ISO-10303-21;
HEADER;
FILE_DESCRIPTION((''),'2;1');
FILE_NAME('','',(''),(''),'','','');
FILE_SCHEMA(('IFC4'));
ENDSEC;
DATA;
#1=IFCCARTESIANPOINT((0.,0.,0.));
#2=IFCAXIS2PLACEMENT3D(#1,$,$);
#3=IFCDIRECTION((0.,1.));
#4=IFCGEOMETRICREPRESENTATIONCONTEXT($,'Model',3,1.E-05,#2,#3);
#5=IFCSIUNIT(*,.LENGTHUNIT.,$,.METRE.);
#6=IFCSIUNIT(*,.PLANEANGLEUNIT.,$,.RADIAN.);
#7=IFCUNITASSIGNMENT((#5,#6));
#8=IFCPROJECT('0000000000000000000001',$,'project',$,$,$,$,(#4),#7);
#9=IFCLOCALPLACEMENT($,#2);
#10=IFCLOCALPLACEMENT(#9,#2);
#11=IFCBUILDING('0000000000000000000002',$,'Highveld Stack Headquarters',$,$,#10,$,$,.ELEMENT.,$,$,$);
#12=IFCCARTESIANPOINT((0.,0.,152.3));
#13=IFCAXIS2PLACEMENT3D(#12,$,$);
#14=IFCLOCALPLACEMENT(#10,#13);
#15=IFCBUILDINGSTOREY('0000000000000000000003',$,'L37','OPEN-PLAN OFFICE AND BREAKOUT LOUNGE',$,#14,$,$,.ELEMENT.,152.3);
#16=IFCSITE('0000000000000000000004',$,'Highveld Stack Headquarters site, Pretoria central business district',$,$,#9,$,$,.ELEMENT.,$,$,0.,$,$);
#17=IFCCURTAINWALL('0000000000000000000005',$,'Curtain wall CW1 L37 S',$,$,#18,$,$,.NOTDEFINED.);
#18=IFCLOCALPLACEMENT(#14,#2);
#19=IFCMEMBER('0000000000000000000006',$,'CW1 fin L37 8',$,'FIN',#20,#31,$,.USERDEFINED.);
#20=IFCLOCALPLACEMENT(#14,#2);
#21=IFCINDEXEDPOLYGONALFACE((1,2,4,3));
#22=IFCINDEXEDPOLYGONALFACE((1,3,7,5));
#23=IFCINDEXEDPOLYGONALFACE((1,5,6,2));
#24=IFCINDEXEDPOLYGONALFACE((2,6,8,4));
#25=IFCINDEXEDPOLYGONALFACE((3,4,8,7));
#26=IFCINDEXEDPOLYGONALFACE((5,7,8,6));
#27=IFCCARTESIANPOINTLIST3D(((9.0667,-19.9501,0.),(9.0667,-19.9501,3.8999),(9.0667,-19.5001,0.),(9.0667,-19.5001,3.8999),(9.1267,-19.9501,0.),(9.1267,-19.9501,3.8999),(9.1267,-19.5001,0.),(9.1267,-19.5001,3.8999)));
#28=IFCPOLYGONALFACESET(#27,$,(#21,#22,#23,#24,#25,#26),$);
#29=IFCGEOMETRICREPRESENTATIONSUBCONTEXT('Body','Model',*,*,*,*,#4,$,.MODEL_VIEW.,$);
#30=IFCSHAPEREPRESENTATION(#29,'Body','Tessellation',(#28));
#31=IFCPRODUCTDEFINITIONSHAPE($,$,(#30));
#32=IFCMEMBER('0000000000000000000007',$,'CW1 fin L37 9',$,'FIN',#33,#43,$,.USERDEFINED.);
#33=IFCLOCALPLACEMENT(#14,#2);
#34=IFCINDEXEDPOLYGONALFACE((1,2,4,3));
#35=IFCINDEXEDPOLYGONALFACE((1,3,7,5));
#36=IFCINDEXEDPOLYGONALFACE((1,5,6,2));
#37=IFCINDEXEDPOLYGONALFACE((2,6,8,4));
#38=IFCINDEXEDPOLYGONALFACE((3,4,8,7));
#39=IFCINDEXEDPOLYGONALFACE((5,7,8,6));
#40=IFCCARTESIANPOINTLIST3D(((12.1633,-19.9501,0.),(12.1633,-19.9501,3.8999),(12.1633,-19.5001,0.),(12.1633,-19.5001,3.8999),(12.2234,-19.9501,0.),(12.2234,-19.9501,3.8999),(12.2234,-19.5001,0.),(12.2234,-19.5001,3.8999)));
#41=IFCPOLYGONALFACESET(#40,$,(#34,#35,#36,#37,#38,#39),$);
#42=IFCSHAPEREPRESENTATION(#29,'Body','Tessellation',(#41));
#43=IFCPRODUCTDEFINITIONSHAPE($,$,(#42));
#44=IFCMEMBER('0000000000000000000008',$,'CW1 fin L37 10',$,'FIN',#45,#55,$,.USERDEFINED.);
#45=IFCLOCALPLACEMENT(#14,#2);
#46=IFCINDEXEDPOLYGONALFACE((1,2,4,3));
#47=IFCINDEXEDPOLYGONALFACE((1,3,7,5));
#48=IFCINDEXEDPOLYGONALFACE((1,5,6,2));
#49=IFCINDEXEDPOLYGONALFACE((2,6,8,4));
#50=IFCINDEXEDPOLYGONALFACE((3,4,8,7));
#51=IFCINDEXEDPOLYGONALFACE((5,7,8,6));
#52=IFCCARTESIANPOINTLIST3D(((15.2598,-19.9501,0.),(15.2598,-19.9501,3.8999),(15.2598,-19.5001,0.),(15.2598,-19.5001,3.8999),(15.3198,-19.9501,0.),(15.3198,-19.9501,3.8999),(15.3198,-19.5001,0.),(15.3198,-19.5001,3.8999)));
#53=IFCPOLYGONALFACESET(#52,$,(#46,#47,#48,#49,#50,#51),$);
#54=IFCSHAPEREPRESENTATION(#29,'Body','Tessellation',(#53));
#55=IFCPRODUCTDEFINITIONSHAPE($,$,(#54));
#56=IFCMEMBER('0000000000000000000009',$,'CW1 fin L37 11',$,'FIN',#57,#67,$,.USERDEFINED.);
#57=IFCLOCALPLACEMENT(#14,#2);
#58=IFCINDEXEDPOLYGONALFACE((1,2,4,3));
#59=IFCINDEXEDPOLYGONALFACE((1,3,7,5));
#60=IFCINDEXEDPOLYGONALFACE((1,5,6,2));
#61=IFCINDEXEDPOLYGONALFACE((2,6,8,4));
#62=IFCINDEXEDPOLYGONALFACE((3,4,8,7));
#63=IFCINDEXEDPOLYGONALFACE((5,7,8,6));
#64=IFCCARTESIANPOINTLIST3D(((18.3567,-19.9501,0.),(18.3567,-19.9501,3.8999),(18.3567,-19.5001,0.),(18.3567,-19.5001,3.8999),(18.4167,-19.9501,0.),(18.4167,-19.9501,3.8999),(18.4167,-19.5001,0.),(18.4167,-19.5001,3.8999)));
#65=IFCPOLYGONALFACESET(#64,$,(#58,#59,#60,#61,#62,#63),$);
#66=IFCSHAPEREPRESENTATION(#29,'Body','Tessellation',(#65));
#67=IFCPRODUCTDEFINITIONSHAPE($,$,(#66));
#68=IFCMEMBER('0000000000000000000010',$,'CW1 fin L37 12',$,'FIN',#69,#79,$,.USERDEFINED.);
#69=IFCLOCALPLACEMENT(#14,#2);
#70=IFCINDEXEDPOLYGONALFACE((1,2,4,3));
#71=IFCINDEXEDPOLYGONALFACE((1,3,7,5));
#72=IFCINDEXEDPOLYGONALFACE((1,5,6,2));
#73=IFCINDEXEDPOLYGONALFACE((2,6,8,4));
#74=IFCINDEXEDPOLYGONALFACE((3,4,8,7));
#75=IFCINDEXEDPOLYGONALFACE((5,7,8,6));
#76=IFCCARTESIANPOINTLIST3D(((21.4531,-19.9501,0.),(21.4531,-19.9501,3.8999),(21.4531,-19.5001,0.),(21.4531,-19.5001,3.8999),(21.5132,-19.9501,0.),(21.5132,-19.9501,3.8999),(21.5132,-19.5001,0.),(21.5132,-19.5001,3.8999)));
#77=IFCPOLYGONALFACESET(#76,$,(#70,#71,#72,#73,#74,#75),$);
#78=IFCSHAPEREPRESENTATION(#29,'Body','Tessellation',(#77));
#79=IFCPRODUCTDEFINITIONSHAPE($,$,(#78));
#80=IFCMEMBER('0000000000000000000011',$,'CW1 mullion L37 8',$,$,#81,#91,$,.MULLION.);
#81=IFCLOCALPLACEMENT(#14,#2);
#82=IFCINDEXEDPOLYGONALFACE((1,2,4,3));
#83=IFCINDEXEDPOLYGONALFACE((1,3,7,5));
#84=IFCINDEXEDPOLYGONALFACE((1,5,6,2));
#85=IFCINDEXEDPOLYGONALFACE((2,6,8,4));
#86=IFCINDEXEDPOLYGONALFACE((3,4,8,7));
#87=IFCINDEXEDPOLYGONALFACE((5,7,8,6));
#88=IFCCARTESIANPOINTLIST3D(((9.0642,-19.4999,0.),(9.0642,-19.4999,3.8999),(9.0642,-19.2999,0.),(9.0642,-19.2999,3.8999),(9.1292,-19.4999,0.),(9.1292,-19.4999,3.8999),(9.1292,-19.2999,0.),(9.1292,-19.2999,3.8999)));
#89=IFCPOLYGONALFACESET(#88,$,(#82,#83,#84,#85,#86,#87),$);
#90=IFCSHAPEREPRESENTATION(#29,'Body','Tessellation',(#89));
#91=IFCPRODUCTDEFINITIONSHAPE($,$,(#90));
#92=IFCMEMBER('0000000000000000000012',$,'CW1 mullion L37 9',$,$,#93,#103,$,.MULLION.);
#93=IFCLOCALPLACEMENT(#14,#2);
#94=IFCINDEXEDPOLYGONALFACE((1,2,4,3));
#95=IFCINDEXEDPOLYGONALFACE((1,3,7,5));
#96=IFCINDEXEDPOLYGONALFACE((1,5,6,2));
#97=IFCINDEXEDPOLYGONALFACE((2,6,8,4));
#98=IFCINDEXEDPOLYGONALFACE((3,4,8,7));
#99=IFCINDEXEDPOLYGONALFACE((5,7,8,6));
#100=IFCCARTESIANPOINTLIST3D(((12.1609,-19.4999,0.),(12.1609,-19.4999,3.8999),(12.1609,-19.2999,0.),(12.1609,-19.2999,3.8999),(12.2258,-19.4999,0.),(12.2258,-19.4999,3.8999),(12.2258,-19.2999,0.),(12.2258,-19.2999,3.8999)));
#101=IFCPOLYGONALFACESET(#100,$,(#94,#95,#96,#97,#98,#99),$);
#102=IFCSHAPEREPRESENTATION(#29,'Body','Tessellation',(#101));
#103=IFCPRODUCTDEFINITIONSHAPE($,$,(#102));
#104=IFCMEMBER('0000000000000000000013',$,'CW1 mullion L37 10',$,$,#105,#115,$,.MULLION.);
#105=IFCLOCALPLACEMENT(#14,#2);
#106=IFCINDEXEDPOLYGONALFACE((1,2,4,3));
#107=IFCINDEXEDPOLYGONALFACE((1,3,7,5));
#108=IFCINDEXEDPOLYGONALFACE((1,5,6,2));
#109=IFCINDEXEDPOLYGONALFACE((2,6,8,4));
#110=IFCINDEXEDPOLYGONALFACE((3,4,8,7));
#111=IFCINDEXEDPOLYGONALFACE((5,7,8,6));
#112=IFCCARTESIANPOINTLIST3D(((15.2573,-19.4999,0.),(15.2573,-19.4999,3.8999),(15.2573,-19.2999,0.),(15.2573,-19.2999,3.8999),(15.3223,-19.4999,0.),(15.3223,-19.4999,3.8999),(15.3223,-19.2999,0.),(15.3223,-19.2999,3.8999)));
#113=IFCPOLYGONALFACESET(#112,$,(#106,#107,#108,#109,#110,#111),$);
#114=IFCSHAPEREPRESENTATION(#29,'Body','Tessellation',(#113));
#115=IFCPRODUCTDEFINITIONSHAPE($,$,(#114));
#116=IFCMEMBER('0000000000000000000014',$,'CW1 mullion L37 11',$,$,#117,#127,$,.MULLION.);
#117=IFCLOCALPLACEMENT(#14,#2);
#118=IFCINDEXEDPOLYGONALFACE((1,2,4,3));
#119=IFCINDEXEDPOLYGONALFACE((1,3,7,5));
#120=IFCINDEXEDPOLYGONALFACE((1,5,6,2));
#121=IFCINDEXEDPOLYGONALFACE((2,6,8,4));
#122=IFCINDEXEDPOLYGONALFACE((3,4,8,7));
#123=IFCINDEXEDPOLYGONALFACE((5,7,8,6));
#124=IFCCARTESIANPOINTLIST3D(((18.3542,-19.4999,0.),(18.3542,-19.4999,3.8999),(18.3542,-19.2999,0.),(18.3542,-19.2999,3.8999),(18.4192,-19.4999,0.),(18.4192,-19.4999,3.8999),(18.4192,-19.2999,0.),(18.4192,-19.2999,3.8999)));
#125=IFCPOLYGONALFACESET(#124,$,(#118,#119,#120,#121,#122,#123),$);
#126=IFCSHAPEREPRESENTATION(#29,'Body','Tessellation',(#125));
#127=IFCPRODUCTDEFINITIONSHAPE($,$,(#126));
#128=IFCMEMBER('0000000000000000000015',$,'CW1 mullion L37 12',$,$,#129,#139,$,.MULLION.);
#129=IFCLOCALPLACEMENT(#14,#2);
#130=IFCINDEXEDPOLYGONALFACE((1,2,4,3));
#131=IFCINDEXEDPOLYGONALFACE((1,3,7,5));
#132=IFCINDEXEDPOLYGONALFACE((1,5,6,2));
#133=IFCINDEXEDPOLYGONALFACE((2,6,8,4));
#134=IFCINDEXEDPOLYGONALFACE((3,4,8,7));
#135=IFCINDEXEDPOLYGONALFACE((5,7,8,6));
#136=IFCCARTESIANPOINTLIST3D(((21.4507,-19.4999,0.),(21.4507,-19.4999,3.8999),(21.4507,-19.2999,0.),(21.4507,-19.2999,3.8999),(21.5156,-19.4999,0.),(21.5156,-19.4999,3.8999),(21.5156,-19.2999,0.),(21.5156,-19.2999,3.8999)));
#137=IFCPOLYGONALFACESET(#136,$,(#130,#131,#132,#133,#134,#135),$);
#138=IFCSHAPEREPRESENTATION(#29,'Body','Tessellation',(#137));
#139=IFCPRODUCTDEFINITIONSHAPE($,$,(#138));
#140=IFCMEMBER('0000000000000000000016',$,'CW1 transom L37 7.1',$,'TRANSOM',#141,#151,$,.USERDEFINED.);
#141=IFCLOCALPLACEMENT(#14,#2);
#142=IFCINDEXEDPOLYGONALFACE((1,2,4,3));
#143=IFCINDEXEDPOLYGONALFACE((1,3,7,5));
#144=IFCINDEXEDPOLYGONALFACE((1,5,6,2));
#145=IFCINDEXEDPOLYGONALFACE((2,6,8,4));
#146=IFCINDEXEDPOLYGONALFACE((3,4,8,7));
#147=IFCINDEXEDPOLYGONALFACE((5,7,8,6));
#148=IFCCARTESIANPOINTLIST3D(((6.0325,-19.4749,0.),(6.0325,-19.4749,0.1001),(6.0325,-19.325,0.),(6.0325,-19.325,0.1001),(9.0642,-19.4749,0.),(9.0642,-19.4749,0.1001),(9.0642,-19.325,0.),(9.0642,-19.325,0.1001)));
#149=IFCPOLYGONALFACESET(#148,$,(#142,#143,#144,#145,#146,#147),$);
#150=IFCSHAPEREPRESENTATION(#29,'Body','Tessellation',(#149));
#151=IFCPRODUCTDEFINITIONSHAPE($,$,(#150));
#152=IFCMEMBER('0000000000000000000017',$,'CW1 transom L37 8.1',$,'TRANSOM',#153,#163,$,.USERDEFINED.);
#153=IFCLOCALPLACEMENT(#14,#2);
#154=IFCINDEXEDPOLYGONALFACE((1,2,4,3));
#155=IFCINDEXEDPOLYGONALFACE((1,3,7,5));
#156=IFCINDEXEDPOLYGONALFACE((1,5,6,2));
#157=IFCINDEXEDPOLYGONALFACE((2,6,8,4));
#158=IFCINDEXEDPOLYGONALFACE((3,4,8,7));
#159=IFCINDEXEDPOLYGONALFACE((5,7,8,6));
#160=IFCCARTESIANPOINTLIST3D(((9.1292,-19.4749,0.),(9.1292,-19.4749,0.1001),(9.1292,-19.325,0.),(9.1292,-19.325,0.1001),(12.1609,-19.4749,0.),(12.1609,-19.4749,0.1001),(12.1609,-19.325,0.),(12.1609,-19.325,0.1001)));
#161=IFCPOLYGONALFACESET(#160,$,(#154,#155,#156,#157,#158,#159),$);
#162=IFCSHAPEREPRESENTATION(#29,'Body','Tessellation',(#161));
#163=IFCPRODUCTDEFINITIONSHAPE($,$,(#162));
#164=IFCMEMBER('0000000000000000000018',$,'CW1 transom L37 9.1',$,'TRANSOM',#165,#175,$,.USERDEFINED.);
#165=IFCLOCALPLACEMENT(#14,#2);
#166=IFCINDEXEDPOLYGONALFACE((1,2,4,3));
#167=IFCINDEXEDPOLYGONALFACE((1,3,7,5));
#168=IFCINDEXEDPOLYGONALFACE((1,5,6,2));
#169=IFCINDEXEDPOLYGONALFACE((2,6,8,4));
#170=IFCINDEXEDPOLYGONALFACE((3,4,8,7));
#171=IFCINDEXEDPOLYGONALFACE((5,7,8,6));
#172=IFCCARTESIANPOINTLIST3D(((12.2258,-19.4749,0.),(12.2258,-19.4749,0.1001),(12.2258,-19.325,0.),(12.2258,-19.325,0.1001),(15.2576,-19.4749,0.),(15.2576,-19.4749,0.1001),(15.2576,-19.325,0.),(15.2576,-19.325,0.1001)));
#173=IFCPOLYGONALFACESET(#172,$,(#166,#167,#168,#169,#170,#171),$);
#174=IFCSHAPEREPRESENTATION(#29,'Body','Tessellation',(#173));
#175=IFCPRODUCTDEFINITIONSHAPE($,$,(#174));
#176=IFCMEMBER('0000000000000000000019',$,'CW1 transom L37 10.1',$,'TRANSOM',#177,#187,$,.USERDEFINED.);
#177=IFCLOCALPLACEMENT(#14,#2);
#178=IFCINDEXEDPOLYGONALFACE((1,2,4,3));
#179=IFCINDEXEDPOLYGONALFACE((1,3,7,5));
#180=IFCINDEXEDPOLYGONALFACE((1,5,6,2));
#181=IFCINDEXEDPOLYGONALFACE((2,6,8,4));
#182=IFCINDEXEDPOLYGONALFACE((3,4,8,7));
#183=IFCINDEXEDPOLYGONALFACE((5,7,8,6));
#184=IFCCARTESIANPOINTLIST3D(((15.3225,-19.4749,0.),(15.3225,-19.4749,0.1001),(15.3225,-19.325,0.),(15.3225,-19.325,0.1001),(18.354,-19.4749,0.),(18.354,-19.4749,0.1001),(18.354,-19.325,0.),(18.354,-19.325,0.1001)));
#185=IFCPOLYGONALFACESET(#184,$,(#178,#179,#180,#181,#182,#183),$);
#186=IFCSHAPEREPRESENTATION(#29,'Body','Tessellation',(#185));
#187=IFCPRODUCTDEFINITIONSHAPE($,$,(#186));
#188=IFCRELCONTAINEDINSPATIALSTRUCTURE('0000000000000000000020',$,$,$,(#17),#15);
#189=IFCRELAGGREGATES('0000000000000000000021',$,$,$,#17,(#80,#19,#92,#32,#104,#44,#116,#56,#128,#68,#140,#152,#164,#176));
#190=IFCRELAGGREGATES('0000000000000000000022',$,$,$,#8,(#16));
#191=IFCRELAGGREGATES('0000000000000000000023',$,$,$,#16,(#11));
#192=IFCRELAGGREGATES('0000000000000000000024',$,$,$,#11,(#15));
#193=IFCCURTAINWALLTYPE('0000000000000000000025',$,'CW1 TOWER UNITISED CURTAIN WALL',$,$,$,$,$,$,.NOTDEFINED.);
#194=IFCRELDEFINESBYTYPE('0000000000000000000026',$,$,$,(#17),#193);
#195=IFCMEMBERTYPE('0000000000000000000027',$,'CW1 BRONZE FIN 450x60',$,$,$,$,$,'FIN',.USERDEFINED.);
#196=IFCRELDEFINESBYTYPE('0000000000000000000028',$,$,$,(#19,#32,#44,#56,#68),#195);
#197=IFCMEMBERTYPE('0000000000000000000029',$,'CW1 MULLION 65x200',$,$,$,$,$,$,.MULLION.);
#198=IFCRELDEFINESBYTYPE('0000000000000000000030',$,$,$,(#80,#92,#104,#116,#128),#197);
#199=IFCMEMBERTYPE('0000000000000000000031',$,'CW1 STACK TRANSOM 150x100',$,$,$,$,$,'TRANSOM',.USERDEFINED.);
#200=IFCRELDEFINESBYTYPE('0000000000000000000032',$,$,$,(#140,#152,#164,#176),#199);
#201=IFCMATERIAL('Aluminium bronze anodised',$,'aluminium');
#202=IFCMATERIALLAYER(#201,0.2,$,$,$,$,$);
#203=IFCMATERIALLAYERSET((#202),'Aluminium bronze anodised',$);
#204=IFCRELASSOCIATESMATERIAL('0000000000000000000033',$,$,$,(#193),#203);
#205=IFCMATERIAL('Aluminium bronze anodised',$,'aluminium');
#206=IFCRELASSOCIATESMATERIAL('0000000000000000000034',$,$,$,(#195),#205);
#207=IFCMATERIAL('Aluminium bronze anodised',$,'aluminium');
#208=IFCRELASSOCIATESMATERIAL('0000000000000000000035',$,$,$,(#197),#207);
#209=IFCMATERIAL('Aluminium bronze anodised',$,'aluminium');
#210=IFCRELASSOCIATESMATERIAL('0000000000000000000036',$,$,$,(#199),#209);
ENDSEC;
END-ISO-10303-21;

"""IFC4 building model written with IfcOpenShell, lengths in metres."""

from ifc_helpers import new_model, si_unit, direction, frame, origin, origin_2d, place, context, subcontext, project, spatial, rectangle, extrude, material, layer, layer_set, material_profile, profile_set, type_object, element, aggregate, save


model = new_model("IFC4")

# Units and contexts
model_context = context("Model", 3, precision=1e-05, world=origin(), true_north=direction((0.0, 1.0)))
body_context = subcontext(model_context, "Body", "Model", "MODEL_VIEW")
ifc_project = project(units=[si_unit("LENGTHUNIT", "METRE"), si_unit("PLANEANGLEUNIT", "RADIAN")], contexts=[model_context])

# Site, building, storey
site_placement = place(None, origin())
site = spatial("IfcSite", under=ifc_project, at=site_placement, Name="Highveld Stack Headquarters site, Pretoria central business district", CompositionType="ELEMENT", RefElevation=0.0)
building_placement = place(site_placement, origin())
building = spatial("IfcBuilding", under=site, at=building_placement, Name="Highveld Stack Headquarters", CompositionType="ELEMENT")
storey_placement = place(building_placement, frame((0.0, 0.0, 152.3)))
storey = spatial("IfcBuildingStorey", under=building, at=storey_placement, Name="L37", Description="OPEN-PLAN OFFICE AND BREAKOUT LOUNGE", CompositionType="ELEMENT", Elevation=152.3)

# Curtain wall, members
ifc_material_1 = material(Name="Aluminium bronze anodised", Category="aluminium")
ifc_layer_1 = layer(ifc_material_1, 0.2)
ifc_layer_set_1 = layer_set([ifc_layer_1], Name="Aluminium bronze anodised")
curtain_wall_type = type_object("IfcCurtainWallType", Name="CW1 TOWER UNITISED CURTAIN WALL", PredefinedType="NOTDEFINED", material=ifc_layer_set_1)
curtain_wall_placement = place(storey_placement, origin())
curtain_wall = element("IfcCurtainWall", 1, at=curtain_wall_placement, inside=storey, type_object=curtain_wall_type, Name="Curtain wall CW1 L37 S", PredefinedType="NOTDEFINED")
ifc_material_2 = material(Name="Aluminium bronze anodised", Category="aluminium")
ifc_material_profile_1 = material_profile(ifc_material_2, rectangle(XDim=0.45, YDim=0.0601, at=origin_2d()), Name="FIN 450x60")
ifc_profile_set_1 = profile_set([ifc_material_profile_1], Name="Aluminium bronze anodised")
member_type_1 = type_object("IfcMemberType", Name="CW1 BRONZE FIN 450x60", ElementType="FIN", PredefinedType="USERDEFINED", material=ifc_profile_set_1)
member_1_placement = place(storey_placement, frame((9.0967, -19.7251, 0.0), z_axis=(0.0, 0.0, 1.0), x_axis=(0.0, 1.0, 0.0)))
member_1 = element("IfcMember", 2, at=member_1_placement, type_object=member_type_1, Name="CW1 fin L37 8", ObjectType="FIN", PredefinedType="USERDEFINED", context=body_context, shape_type="SweptSolid", body=[
    extrude(rectangle(XDim=0.45, YDim=0.0601, at=origin_2d()), origin(), (0.0, 0.0, 1.0), 3.8999),
])
member_2_placement = place(storey_placement, frame((12.1934, -19.7251, 0.0), z_axis=(0.0, 0.0, 1.0), x_axis=(0.0, 1.0, 0.0)))
member_2 = element("IfcMember", 3, at=member_2_placement, type_object=member_type_1, Name="CW1 fin L37 9", ObjectType="FIN", PredefinedType="USERDEFINED", context=body_context, shape_type="SweptSolid", body=[
    extrude(rectangle(XDim=0.45, YDim=0.0601, at=origin_2d()), origin(), (0.0, 0.0, 1.0), 3.8999),
])
member_3_placement = place(storey_placement, frame((15.2898, -19.7251, 0.0), z_axis=(0.0, 0.0, 1.0), x_axis=(0.0, 1.0, 0.0)))
member_3 = element("IfcMember", 4, at=member_3_placement, type_object=member_type_1, Name="CW1 fin L37 10", ObjectType="FIN", PredefinedType="USERDEFINED", context=body_context, shape_type="SweptSolid", body=[
    extrude(rectangle(XDim=0.45, YDim=0.0601, at=origin_2d()), origin(), (0.0, 0.0, 1.0), 3.8999),
])
member_4_placement = place(storey_placement, frame((18.3867, -19.7251, 0.0), z_axis=(0.0, 0.0, 1.0), x_axis=(0.0, 1.0, 0.0)))
member_4 = element("IfcMember", 5, at=member_4_placement, type_object=member_type_1, Name="CW1 fin L37 11", ObjectType="FIN", PredefinedType="USERDEFINED", context=body_context, shape_type="SweptSolid", body=[
    extrude(rectangle(XDim=0.45, YDim=0.0601, at=origin_2d()), origin(), (0.0, 0.0, 1.0), 3.8999),
])
member_5_placement = place(storey_placement, frame((21.4832, -19.7251, 0.0), z_axis=(0.0, 0.0, 1.0), x_axis=(0.0, 1.0, 0.0)))
member_5 = element("IfcMember", 6, at=member_5_placement, type_object=member_type_1, Name="CW1 fin L37 12", ObjectType="FIN", PredefinedType="USERDEFINED", context=body_context, shape_type="SweptSolid", body=[
    extrude(rectangle(XDim=0.45, YDim=0.0601, at=origin_2d()), origin(), (0.0, 0.0, 1.0), 3.8999),
])
ifc_material_3 = material(Name="Aluminium bronze anodised", Category="aluminium")
ifc_material_profile_2 = material_profile(ifc_material_3, rectangle(XDim=0.2, YDim=0.0649, at=origin_2d()), Name="CW1 MULLION 65x200")
ifc_profile_set_2 = profile_set([ifc_material_profile_2], Name="Aluminium bronze anodised")
member_type_2 = type_object("IfcMemberType", Name="CW1 MULLION 65x200", PredefinedType="MULLION", material=ifc_profile_set_2)
member_6_placement = place(storey_placement, frame((9.0967, -19.3999, 0.0), z_axis=(0.0, 0.0, 1.0), x_axis=(0.0, 1.0, 0.0)))
member_6 = element("IfcMember", 7, at=member_6_placement, type_object=member_type_2, Name="CW1 mullion L37 8", PredefinedType="MULLION", context=body_context, shape_type="SweptSolid", body=[
    extrude(rectangle(XDim=0.2, YDim=0.0649, at=origin_2d()), origin(), (0.0, 0.0, 1.0), 3.8999),
])
member_7_placement = place(storey_placement, frame((12.1934, -19.3999, 0.0), z_axis=(0.0, 0.0, 1.0), x_axis=(0.0, 1.0, 0.0)))
member_7 = element("IfcMember", 8, at=member_7_placement, type_object=member_type_2, Name="CW1 mullion L37 9", PredefinedType="MULLION", context=body_context, shape_type="SweptSolid", body=[
    extrude(rectangle(XDim=0.2, YDim=0.0649, at=origin_2d()), origin(), (0.0, 0.0, 1.0), 3.8999),
])
member_8_placement = place(storey_placement, frame((15.2898, -19.3999, 0.0), z_axis=(0.0, 0.0, 1.0), x_axis=(0.0, 1.0, 0.0)))
member_8 = element("IfcMember", 9, at=member_8_placement, type_object=member_type_2, Name="CW1 mullion L37 10", PredefinedType="MULLION", context=body_context, shape_type="SweptSolid", body=[
    extrude(rectangle(XDim=0.2, YDim=0.0649, at=origin_2d()), origin(), (0.0, 0.0, 1.0), 3.8999),
])
member_9_placement = place(storey_placement, frame((18.3867, -19.3999, 0.0), z_axis=(0.0, 0.0, 1.0), x_axis=(0.0, 1.0, 0.0)))
member_9 = element("IfcMember", 10, at=member_9_placement, type_object=member_type_2, Name="CW1 mullion L37 11", PredefinedType="MULLION", context=body_context, shape_type="SweptSolid", body=[
    extrude(rectangle(XDim=0.2, YDim=0.0649, at=origin_2d()), origin(), (0.0, 0.0, 1.0), 3.8999),
])
member_10_placement = place(storey_placement, frame((21.4832, -19.3999, 0.0), z_axis=(0.0, 0.0, 1.0), x_axis=(0.0, 1.0, 0.0)))
member_10 = element("IfcMember", 11, at=member_10_placement, type_object=member_type_2, Name="CW1 mullion L37 12", PredefinedType="MULLION", context=body_context, shape_type="SweptSolid", body=[
    extrude(rectangle(XDim=0.2, YDim=0.0649, at=origin_2d()), origin(), (0.0, 0.0, 1.0), 3.8999),
])
ifc_material_4 = material(Name="Aluminium bronze anodised", Category="aluminium")
ifc_material_profile_3 = material_profile(ifc_material_4, rectangle(XDim=0.1499, YDim=0.1001, at=origin_2d()), Name="CW1 TRANSOM 150x100")
ifc_profile_set_3 = profile_set([ifc_material_profile_3], Name="Aluminium bronze anodised")
member_type_3 = type_object("IfcMemberType", Name="CW1 STACK TRANSOM 150x100", ElementType="TRANSOM", PredefinedType="USERDEFINED", material=ifc_profile_set_3)
member_11_placement = place(storey_placement, frame((6.0325, -19.3999, 0.05), z_axis=(1.0, 0.0, 0.0), x_axis=(0.0, 1.0, 0.0)))
member_11 = element("IfcMember", 12, at=member_11_placement, type_object=member_type_3, Name="CW1 transom L37 7.1", ObjectType="TRANSOM", PredefinedType="USERDEFINED", context=body_context, shape_type="SweptSolid", body=[
    extrude(rectangle(XDim=0.1499, YDim=0.1001, at=origin_2d()), origin(), (0.0, 0.0, 1.0), 3.0317),
])
member_12_placement = place(storey_placement, frame((9.1292, -19.3999, 0.05), z_axis=(1.0, 0.0, 0.0), x_axis=(0.0, 1.0, 0.0)))
member_12 = element("IfcMember", 13, at=member_12_placement, type_object=member_type_3, Name="CW1 transom L37 8.1", ObjectType="TRANSOM", PredefinedType="USERDEFINED", context=body_context, shape_type="SweptSolid", body=[
    extrude(rectangle(XDim=0.1499, YDim=0.1001, at=origin_2d()), origin(), (0.0, 0.0, 1.0), 3.0317),
])
member_13_placement = place(storey_placement, frame((12.2258, -19.3999, 0.05), z_axis=(1.0, 0.0, 0.0), x_axis=(0.0, 1.0, 0.0)))
member_13 = element("IfcMember", 14, at=member_13_placement, type_object=member_type_3, Name="CW1 transom L37 9.1", ObjectType="TRANSOM", PredefinedType="USERDEFINED", context=body_context, shape_type="SweptSolid", body=[
    extrude(rectangle(XDim=0.1499, YDim=0.1001, at=origin_2d()), origin(), (0.0, 0.0, 1.0), 3.0317),
])
member_14_placement = place(storey_placement, frame((15.3225, -19.3999, 0.05), z_axis=(1.0, 0.0, 0.0), x_axis=(0.0, 1.0, 0.0)))
member_14 = element("IfcMember", 15, at=member_14_placement, type_object=member_type_3, Name="CW1 transom L37 10.1", ObjectType="TRANSOM", PredefinedType="USERDEFINED", context=body_context, shape_type="SweptSolid", body=[
    extrude(rectangle(XDim=0.1499, YDim=0.1001, at=origin_2d()), origin(), (0.0, 0.0, 1.0), 3.0315),
])
aggregate(curtain_wall, [member_6, member_1, member_7, member_2, member_8, member_3, member_9, member_4, member_10, member_5, member_11, member_12, member_13, member_14])

save(model, "model.ifc")
